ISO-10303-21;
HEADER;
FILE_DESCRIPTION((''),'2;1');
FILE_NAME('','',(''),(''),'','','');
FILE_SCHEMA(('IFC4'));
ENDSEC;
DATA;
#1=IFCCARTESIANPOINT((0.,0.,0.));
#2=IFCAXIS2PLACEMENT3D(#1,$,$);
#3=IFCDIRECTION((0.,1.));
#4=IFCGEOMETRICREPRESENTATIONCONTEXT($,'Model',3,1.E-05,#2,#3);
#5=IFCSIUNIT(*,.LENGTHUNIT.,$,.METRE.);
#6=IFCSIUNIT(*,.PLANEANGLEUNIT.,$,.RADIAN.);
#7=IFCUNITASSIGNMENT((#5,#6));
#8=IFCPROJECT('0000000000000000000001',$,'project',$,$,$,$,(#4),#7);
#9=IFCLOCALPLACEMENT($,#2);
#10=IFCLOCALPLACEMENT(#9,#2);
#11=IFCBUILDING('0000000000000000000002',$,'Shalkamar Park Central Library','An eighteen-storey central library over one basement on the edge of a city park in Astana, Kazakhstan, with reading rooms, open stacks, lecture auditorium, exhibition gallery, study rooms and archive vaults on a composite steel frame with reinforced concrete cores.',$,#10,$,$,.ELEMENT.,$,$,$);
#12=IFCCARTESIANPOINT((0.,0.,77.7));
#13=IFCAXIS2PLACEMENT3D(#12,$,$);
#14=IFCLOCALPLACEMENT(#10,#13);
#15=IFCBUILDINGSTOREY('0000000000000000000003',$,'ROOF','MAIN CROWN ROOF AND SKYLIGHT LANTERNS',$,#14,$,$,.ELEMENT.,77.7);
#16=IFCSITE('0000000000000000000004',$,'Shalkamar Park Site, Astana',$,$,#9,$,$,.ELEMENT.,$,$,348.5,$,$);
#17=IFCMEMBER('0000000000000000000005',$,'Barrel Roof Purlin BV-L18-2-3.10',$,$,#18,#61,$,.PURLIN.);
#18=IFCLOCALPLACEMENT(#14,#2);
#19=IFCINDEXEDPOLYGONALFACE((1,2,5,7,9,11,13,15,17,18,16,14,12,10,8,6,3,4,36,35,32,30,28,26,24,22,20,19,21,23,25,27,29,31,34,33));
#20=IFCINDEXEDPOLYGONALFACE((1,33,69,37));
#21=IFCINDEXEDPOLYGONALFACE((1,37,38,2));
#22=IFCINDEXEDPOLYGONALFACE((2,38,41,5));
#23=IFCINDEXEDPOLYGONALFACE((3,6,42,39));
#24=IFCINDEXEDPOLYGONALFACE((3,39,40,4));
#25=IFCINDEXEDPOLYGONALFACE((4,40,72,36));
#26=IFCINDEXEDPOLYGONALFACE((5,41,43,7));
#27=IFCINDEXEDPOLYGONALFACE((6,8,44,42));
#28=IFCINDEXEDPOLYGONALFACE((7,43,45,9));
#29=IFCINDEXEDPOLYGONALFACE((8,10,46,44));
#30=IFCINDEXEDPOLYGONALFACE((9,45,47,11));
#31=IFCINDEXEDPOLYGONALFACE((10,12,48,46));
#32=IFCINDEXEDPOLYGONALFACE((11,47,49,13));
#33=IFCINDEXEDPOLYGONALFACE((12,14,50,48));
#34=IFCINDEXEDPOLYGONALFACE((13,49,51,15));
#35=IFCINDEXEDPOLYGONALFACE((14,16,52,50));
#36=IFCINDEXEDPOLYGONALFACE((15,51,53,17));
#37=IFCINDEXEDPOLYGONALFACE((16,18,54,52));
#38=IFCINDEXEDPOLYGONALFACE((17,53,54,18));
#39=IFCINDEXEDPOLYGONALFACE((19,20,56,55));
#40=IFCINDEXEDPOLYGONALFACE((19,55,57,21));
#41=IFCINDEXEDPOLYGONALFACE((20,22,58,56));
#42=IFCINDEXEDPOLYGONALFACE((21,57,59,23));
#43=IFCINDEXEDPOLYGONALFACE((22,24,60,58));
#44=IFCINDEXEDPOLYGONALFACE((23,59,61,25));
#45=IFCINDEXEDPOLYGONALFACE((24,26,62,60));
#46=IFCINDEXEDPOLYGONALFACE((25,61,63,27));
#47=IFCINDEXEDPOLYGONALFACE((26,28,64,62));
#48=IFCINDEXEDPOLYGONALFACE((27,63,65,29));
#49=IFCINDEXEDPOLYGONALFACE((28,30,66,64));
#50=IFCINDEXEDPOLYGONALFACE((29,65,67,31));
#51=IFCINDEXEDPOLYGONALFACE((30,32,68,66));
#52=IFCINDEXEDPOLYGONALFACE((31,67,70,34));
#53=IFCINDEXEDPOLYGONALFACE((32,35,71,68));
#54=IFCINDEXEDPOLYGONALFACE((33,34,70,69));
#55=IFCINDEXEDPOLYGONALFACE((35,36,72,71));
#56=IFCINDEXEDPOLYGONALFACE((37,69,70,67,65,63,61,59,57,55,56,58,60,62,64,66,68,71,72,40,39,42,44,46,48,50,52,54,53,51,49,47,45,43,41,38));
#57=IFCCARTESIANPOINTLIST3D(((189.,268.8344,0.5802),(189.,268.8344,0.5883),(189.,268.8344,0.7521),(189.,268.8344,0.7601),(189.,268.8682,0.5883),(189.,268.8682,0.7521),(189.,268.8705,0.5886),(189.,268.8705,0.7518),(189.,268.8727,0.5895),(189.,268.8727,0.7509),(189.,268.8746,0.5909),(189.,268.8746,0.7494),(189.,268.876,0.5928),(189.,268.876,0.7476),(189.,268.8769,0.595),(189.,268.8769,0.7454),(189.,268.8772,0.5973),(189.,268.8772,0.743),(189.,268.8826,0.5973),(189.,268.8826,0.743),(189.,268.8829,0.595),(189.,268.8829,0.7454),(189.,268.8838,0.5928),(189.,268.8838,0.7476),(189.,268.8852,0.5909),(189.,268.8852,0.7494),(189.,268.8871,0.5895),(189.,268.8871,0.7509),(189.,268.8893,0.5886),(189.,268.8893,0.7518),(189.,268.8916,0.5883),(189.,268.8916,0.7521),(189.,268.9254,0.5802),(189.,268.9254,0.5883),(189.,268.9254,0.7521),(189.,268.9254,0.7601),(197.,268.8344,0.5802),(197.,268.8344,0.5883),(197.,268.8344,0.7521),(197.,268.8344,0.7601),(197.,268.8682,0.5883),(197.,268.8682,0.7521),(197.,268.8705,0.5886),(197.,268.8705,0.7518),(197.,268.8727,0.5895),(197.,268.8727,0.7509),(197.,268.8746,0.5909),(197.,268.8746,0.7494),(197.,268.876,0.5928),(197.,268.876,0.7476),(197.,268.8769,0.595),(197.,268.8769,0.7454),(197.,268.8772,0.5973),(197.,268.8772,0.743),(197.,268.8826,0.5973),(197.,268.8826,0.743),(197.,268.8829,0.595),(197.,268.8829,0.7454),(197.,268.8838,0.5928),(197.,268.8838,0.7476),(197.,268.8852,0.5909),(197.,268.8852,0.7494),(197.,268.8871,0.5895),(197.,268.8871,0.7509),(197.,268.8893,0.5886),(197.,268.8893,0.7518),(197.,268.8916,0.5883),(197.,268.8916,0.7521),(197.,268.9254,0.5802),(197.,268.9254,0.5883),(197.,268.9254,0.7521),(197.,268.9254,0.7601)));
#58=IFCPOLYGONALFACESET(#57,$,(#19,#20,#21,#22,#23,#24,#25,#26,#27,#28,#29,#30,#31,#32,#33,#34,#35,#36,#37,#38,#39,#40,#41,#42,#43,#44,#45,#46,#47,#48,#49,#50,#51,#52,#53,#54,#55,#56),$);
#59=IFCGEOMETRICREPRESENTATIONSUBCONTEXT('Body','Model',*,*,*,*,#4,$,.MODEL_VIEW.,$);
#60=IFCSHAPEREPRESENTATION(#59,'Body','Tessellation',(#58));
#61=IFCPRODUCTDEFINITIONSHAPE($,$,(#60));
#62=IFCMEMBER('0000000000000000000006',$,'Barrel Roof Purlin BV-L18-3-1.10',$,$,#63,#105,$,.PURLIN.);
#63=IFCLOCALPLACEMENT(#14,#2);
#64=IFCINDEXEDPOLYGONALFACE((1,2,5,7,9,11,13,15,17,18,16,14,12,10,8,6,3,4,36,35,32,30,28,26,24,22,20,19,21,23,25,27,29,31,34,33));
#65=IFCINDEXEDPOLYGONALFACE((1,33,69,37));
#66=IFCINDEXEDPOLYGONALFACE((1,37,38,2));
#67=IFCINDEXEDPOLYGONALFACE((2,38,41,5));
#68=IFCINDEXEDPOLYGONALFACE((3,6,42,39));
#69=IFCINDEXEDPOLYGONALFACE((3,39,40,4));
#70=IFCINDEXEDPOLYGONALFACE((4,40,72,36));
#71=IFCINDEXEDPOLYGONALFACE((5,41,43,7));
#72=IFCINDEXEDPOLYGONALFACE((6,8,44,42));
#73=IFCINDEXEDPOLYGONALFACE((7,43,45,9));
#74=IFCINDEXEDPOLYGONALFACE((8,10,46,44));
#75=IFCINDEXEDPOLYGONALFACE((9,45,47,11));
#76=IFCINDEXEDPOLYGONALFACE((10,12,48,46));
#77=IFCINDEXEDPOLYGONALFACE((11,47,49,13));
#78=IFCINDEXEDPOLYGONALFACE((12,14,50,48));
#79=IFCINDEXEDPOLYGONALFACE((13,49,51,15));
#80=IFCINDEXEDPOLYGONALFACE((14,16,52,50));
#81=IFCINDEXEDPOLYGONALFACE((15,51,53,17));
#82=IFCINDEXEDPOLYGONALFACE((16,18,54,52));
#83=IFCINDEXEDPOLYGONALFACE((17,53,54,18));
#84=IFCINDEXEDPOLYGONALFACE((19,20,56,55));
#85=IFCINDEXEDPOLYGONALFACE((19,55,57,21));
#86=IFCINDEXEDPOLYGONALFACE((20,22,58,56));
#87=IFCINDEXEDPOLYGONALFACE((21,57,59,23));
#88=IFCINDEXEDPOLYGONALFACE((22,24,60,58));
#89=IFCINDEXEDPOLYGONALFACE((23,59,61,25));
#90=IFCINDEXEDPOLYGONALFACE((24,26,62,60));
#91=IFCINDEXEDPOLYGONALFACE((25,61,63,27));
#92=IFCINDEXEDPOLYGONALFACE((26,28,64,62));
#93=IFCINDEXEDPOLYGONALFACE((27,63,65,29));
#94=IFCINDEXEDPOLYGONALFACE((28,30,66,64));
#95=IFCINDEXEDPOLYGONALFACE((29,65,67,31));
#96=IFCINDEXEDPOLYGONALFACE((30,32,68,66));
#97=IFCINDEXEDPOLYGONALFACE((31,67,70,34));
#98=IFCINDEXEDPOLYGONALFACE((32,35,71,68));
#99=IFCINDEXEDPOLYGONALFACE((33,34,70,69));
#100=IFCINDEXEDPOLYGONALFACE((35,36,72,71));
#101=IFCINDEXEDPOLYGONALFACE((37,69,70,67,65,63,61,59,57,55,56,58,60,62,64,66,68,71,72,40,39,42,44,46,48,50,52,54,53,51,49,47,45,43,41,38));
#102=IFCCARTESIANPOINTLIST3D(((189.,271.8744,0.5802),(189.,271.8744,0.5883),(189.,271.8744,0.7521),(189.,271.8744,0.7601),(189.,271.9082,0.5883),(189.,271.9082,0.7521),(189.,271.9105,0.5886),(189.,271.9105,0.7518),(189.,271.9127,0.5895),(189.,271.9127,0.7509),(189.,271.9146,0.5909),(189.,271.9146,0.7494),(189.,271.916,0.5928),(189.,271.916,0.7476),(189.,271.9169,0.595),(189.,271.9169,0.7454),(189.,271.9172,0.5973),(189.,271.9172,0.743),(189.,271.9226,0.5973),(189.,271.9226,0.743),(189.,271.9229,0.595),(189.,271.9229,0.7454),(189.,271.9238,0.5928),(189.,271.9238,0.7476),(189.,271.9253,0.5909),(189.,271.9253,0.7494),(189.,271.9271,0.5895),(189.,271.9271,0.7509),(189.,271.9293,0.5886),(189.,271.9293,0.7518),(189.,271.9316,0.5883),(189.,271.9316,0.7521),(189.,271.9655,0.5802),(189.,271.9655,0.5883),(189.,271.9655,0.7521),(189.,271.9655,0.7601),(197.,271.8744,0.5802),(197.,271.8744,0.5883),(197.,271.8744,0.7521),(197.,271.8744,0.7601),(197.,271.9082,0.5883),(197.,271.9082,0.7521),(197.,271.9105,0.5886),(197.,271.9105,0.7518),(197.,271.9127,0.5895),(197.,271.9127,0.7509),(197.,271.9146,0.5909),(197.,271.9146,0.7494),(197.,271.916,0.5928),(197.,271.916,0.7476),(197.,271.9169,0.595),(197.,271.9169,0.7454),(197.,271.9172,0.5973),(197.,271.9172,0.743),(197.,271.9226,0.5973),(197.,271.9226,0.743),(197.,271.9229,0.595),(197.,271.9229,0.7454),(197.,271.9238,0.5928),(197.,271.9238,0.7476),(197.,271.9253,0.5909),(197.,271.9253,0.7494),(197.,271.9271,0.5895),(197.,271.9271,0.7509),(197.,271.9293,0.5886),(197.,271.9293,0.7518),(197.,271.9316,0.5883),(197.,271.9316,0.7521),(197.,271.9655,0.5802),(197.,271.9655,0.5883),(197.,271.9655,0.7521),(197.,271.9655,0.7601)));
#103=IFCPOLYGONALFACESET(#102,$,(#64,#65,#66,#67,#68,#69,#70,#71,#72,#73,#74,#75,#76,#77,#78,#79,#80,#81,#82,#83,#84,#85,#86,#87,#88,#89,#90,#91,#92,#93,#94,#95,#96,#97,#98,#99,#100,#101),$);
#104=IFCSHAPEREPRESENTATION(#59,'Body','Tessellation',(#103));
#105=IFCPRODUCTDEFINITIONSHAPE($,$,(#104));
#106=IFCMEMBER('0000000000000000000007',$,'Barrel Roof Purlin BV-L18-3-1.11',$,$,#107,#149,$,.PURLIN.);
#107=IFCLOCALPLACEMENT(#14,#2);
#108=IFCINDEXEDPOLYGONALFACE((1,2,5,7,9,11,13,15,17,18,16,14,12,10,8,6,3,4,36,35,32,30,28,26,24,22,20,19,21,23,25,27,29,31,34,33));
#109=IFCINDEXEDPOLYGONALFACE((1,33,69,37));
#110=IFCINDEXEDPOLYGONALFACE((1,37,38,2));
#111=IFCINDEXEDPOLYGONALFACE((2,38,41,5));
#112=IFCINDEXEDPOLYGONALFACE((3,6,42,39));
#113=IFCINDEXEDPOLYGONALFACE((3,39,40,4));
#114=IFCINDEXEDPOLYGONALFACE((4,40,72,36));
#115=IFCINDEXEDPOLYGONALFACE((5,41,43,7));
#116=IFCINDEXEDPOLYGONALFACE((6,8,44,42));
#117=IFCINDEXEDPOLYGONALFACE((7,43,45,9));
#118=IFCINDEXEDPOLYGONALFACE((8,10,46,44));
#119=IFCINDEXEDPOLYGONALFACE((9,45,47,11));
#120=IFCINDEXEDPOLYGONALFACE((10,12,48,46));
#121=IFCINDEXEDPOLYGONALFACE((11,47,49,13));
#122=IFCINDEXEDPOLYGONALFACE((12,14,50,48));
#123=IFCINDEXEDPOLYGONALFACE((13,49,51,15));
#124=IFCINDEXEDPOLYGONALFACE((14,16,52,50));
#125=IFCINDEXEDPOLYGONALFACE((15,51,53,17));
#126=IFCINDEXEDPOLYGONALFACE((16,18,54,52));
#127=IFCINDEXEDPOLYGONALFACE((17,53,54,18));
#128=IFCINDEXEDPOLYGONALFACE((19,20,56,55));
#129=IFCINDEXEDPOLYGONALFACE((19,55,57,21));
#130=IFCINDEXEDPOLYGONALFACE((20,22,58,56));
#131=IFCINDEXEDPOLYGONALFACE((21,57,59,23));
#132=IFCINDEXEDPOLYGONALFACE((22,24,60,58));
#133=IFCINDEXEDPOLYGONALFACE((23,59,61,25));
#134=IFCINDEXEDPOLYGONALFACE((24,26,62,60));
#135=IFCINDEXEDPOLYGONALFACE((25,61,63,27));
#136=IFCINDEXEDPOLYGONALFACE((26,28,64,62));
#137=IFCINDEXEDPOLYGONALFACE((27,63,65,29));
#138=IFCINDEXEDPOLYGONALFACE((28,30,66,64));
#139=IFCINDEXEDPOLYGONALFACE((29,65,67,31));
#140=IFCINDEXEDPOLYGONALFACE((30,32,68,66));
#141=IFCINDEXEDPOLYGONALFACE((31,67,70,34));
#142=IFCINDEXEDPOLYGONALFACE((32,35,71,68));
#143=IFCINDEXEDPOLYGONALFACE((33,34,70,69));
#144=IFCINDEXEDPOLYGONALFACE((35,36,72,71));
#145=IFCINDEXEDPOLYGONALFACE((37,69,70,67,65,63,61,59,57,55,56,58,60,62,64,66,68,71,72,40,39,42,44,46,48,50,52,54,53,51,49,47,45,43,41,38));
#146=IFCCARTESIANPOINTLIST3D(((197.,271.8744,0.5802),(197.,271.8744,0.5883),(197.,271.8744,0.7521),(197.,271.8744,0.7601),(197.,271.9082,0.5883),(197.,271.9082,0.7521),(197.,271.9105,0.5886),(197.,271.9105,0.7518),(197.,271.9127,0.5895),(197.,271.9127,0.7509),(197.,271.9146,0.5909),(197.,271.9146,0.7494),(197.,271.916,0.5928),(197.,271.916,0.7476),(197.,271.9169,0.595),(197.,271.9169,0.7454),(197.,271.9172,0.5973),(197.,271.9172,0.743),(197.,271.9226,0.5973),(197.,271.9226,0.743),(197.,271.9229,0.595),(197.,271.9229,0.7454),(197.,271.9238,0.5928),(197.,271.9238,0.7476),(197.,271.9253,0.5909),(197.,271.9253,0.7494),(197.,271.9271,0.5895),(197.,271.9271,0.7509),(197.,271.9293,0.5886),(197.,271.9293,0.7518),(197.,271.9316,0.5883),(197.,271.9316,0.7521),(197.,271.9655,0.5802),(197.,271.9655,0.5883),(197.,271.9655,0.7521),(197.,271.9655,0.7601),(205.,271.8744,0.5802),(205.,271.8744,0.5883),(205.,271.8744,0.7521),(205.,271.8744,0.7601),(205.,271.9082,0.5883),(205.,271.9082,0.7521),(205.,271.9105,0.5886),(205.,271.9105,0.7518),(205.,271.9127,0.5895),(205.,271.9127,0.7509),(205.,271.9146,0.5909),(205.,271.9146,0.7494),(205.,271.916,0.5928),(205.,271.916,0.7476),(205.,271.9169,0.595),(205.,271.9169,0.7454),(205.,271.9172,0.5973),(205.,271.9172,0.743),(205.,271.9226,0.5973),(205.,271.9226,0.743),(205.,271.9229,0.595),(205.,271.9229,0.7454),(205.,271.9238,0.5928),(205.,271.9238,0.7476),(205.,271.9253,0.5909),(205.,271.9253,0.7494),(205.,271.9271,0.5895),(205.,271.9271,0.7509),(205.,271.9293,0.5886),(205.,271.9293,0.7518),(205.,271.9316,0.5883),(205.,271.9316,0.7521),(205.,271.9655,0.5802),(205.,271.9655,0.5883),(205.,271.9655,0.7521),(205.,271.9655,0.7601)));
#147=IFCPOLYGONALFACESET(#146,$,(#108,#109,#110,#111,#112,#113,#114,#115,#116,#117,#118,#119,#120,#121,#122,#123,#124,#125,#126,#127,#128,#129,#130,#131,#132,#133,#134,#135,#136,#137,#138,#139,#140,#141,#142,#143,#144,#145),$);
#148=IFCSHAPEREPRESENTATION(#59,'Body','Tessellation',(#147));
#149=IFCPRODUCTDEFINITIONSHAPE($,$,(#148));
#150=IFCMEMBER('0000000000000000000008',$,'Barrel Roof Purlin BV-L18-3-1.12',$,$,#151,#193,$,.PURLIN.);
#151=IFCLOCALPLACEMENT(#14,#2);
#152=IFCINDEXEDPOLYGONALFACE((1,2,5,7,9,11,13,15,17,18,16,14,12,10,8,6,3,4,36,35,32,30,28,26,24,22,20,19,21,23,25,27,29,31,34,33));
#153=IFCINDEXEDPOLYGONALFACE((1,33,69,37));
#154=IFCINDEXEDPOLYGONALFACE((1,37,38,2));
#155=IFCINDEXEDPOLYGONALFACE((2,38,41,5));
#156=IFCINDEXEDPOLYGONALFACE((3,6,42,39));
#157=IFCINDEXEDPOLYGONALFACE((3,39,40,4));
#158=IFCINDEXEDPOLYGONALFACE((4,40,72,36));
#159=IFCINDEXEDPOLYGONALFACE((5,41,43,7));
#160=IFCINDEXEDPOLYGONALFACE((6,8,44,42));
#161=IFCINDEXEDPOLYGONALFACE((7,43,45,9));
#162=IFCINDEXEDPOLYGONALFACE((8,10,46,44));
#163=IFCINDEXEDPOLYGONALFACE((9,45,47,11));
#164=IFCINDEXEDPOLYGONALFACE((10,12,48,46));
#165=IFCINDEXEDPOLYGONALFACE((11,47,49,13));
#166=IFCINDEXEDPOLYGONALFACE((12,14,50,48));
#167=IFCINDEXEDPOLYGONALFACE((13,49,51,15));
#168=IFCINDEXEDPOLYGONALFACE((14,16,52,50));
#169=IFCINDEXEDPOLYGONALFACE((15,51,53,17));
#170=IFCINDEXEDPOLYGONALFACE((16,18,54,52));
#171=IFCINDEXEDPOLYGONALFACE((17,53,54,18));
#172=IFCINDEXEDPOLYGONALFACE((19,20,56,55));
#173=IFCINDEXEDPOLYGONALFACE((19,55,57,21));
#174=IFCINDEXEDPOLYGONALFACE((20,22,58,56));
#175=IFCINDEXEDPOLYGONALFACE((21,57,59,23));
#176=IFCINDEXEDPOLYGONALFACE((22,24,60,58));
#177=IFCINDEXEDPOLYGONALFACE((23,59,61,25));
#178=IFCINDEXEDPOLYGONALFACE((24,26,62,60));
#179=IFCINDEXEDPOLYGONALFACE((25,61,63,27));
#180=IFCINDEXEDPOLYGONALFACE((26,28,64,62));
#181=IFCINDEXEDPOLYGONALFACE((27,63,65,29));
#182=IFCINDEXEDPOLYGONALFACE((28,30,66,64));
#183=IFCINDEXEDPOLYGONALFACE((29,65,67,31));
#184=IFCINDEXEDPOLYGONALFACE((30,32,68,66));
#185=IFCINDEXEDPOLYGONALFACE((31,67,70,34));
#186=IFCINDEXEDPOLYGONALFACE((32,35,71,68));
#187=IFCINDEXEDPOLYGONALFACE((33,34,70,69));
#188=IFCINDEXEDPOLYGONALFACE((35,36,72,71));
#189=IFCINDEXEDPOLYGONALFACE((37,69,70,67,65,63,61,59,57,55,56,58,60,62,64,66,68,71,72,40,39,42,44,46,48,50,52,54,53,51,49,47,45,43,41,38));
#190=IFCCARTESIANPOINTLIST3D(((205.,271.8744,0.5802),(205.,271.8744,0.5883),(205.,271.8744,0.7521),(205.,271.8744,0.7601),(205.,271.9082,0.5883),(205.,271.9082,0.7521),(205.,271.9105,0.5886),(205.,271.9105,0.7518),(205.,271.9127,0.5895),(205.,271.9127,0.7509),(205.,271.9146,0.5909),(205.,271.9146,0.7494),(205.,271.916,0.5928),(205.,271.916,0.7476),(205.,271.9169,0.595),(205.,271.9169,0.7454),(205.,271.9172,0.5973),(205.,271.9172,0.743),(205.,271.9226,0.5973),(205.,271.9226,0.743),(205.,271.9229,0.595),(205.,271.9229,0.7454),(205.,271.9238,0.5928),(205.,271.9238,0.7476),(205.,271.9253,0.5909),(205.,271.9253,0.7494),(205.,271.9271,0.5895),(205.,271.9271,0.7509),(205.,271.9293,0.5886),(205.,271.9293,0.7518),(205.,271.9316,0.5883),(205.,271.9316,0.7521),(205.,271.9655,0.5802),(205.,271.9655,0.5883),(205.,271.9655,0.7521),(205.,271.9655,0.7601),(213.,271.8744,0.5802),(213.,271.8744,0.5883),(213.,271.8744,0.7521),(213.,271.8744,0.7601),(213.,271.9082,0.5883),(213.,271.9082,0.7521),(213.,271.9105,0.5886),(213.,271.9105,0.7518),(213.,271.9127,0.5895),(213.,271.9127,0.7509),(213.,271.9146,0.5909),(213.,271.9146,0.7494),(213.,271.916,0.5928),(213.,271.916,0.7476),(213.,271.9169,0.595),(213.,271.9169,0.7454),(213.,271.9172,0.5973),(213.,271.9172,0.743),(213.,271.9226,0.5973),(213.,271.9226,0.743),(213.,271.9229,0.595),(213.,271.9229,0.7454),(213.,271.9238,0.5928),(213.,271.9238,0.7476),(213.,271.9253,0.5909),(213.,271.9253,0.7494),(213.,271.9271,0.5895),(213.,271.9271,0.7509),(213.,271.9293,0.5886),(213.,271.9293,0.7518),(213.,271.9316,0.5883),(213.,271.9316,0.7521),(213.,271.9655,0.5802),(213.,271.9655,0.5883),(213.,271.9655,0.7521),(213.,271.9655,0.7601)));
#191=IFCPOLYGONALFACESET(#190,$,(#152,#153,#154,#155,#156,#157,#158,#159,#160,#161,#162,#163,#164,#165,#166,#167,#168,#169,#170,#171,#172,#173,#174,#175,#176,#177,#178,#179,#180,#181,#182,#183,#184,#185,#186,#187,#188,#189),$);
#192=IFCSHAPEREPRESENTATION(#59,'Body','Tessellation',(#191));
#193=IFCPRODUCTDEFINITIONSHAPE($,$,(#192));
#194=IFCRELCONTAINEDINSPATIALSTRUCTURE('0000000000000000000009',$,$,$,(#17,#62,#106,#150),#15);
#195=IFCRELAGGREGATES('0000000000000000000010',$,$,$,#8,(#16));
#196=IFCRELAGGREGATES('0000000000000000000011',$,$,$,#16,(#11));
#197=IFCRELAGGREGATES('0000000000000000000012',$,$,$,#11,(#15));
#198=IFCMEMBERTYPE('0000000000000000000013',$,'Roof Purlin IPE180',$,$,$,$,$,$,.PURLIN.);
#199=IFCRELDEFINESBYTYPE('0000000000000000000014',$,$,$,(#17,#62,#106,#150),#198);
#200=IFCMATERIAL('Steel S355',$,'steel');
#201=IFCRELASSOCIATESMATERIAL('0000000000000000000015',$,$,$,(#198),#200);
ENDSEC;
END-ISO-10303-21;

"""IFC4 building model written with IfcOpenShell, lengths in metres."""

from ifc_helpers import new_model, si_unit, direction, frame, origin, origin_2d, place, context, subcontext, project, spatial, i_section, extrude, material, material_profile, profile_set, type_object, element, save


model = new_model("IFC4")

# Units and contexts
model_context = context("Model", 3, precision=1e-05, world=origin(), true_north=direction((0.0, 1.0)))
body_context = subcontext(model_context, "Body", "Model", "MODEL_VIEW")
ifc_project = project(units=[si_unit("LENGTHUNIT", "METRE"), si_unit("PLANEANGLEUNIT", "RADIAN")], contexts=[model_context])

# Site, building, storey
site_placement = place(None, origin())
site = spatial("IfcSite", under=ifc_project, at=site_placement, Name="Shalkamar Park Site, Astana", CompositionType="ELEMENT", RefElevation=348.5)
building_placement = place(site_placement, origin())
building = spatial("IfcBuilding", under=site, at=building_placement, Name="Shalkamar Park Central Library", Description="An eighteen-storey central library over one basement on the edge of a city park in Astana, Kazakhstan, with reading rooms, open stacks, lecture auditorium, exhibition gallery, study rooms and archive vaults on a composite steel frame with reinforced concrete cores.", CompositionType="ELEMENT")
storey_placement = place(building_placement, frame((0.0, 0.0, 77.7)))
storey = spatial("IfcBuildingStorey", under=building, at=storey_placement, Name="ROOF", Description="MAIN CROWN ROOF AND SKYLIGHT LANTERNS", CompositionType="ELEMENT", Elevation=77.7)

# Members
ifc_material = material(Name="Steel S355", Category="steel")
ifc_material_profile_1 = material_profile(ifc_material, i_section(OverallWidth=0.0911, OverallDepth=0.1799, WebThickness=0.0054, FlangeThickness=0.0081, FilletRadius=0.009, at=origin_2d()), Name="IPE 180")
ifc_profile_set_1 = profile_set([ifc_material_profile_1], Name="Steel S355")
member_type_1 = type_object("IfcMemberType", Name="Roof Purlin IPE180", PredefinedType="PURLIN", material=ifc_profile_set_1)
for number, where, z_axis, x_axis, name in (
    (1, (189.0, 268.8799, 0.6702), (1.0, 0.0, 0.0), (0.0, 1.0, 0.0), "Barrel Roof Purlin BV-L18-2-3.10"),
    (2, (189.0, 271.9199, 0.6702), (1.0, 0.0, 0.0), (0.0, 1.0, 0.0), "Barrel Roof Purlin BV-L18-3-1.10"),
    (3, (197.0, 271.9199, 0.6702), (1.0, 0.0, 0.0), (0.0, 1.0, 0.0), "Barrel Roof Purlin BV-L18-3-1.11"),
    (4, (205.0, 271.9199, 0.6702), (1.0, 0.0, 0.0), (0.0, 1.0, 0.0), "Barrel Roof Purlin BV-L18-3-1.12"),
):
    element("IfcMember", number, at=place(storey_placement, frame(where, z_axis=z_axis, x_axis=x_axis)), inside=storey, type_object=member_type_1, Name=name, PredefinedType="PURLIN", context=body_context, shape_type="SweptSolid", body=[
        extrude(i_section(OverallWidth=0.0911, OverallDepth=0.1799, WebThickness=0.0054, FlangeThickness=0.0081, FilletRadius=0.009, at=origin_2d()), origin(), (0.0, 0.0, 1.0), 8.0),
    ])

save(model, "model.ifc")
